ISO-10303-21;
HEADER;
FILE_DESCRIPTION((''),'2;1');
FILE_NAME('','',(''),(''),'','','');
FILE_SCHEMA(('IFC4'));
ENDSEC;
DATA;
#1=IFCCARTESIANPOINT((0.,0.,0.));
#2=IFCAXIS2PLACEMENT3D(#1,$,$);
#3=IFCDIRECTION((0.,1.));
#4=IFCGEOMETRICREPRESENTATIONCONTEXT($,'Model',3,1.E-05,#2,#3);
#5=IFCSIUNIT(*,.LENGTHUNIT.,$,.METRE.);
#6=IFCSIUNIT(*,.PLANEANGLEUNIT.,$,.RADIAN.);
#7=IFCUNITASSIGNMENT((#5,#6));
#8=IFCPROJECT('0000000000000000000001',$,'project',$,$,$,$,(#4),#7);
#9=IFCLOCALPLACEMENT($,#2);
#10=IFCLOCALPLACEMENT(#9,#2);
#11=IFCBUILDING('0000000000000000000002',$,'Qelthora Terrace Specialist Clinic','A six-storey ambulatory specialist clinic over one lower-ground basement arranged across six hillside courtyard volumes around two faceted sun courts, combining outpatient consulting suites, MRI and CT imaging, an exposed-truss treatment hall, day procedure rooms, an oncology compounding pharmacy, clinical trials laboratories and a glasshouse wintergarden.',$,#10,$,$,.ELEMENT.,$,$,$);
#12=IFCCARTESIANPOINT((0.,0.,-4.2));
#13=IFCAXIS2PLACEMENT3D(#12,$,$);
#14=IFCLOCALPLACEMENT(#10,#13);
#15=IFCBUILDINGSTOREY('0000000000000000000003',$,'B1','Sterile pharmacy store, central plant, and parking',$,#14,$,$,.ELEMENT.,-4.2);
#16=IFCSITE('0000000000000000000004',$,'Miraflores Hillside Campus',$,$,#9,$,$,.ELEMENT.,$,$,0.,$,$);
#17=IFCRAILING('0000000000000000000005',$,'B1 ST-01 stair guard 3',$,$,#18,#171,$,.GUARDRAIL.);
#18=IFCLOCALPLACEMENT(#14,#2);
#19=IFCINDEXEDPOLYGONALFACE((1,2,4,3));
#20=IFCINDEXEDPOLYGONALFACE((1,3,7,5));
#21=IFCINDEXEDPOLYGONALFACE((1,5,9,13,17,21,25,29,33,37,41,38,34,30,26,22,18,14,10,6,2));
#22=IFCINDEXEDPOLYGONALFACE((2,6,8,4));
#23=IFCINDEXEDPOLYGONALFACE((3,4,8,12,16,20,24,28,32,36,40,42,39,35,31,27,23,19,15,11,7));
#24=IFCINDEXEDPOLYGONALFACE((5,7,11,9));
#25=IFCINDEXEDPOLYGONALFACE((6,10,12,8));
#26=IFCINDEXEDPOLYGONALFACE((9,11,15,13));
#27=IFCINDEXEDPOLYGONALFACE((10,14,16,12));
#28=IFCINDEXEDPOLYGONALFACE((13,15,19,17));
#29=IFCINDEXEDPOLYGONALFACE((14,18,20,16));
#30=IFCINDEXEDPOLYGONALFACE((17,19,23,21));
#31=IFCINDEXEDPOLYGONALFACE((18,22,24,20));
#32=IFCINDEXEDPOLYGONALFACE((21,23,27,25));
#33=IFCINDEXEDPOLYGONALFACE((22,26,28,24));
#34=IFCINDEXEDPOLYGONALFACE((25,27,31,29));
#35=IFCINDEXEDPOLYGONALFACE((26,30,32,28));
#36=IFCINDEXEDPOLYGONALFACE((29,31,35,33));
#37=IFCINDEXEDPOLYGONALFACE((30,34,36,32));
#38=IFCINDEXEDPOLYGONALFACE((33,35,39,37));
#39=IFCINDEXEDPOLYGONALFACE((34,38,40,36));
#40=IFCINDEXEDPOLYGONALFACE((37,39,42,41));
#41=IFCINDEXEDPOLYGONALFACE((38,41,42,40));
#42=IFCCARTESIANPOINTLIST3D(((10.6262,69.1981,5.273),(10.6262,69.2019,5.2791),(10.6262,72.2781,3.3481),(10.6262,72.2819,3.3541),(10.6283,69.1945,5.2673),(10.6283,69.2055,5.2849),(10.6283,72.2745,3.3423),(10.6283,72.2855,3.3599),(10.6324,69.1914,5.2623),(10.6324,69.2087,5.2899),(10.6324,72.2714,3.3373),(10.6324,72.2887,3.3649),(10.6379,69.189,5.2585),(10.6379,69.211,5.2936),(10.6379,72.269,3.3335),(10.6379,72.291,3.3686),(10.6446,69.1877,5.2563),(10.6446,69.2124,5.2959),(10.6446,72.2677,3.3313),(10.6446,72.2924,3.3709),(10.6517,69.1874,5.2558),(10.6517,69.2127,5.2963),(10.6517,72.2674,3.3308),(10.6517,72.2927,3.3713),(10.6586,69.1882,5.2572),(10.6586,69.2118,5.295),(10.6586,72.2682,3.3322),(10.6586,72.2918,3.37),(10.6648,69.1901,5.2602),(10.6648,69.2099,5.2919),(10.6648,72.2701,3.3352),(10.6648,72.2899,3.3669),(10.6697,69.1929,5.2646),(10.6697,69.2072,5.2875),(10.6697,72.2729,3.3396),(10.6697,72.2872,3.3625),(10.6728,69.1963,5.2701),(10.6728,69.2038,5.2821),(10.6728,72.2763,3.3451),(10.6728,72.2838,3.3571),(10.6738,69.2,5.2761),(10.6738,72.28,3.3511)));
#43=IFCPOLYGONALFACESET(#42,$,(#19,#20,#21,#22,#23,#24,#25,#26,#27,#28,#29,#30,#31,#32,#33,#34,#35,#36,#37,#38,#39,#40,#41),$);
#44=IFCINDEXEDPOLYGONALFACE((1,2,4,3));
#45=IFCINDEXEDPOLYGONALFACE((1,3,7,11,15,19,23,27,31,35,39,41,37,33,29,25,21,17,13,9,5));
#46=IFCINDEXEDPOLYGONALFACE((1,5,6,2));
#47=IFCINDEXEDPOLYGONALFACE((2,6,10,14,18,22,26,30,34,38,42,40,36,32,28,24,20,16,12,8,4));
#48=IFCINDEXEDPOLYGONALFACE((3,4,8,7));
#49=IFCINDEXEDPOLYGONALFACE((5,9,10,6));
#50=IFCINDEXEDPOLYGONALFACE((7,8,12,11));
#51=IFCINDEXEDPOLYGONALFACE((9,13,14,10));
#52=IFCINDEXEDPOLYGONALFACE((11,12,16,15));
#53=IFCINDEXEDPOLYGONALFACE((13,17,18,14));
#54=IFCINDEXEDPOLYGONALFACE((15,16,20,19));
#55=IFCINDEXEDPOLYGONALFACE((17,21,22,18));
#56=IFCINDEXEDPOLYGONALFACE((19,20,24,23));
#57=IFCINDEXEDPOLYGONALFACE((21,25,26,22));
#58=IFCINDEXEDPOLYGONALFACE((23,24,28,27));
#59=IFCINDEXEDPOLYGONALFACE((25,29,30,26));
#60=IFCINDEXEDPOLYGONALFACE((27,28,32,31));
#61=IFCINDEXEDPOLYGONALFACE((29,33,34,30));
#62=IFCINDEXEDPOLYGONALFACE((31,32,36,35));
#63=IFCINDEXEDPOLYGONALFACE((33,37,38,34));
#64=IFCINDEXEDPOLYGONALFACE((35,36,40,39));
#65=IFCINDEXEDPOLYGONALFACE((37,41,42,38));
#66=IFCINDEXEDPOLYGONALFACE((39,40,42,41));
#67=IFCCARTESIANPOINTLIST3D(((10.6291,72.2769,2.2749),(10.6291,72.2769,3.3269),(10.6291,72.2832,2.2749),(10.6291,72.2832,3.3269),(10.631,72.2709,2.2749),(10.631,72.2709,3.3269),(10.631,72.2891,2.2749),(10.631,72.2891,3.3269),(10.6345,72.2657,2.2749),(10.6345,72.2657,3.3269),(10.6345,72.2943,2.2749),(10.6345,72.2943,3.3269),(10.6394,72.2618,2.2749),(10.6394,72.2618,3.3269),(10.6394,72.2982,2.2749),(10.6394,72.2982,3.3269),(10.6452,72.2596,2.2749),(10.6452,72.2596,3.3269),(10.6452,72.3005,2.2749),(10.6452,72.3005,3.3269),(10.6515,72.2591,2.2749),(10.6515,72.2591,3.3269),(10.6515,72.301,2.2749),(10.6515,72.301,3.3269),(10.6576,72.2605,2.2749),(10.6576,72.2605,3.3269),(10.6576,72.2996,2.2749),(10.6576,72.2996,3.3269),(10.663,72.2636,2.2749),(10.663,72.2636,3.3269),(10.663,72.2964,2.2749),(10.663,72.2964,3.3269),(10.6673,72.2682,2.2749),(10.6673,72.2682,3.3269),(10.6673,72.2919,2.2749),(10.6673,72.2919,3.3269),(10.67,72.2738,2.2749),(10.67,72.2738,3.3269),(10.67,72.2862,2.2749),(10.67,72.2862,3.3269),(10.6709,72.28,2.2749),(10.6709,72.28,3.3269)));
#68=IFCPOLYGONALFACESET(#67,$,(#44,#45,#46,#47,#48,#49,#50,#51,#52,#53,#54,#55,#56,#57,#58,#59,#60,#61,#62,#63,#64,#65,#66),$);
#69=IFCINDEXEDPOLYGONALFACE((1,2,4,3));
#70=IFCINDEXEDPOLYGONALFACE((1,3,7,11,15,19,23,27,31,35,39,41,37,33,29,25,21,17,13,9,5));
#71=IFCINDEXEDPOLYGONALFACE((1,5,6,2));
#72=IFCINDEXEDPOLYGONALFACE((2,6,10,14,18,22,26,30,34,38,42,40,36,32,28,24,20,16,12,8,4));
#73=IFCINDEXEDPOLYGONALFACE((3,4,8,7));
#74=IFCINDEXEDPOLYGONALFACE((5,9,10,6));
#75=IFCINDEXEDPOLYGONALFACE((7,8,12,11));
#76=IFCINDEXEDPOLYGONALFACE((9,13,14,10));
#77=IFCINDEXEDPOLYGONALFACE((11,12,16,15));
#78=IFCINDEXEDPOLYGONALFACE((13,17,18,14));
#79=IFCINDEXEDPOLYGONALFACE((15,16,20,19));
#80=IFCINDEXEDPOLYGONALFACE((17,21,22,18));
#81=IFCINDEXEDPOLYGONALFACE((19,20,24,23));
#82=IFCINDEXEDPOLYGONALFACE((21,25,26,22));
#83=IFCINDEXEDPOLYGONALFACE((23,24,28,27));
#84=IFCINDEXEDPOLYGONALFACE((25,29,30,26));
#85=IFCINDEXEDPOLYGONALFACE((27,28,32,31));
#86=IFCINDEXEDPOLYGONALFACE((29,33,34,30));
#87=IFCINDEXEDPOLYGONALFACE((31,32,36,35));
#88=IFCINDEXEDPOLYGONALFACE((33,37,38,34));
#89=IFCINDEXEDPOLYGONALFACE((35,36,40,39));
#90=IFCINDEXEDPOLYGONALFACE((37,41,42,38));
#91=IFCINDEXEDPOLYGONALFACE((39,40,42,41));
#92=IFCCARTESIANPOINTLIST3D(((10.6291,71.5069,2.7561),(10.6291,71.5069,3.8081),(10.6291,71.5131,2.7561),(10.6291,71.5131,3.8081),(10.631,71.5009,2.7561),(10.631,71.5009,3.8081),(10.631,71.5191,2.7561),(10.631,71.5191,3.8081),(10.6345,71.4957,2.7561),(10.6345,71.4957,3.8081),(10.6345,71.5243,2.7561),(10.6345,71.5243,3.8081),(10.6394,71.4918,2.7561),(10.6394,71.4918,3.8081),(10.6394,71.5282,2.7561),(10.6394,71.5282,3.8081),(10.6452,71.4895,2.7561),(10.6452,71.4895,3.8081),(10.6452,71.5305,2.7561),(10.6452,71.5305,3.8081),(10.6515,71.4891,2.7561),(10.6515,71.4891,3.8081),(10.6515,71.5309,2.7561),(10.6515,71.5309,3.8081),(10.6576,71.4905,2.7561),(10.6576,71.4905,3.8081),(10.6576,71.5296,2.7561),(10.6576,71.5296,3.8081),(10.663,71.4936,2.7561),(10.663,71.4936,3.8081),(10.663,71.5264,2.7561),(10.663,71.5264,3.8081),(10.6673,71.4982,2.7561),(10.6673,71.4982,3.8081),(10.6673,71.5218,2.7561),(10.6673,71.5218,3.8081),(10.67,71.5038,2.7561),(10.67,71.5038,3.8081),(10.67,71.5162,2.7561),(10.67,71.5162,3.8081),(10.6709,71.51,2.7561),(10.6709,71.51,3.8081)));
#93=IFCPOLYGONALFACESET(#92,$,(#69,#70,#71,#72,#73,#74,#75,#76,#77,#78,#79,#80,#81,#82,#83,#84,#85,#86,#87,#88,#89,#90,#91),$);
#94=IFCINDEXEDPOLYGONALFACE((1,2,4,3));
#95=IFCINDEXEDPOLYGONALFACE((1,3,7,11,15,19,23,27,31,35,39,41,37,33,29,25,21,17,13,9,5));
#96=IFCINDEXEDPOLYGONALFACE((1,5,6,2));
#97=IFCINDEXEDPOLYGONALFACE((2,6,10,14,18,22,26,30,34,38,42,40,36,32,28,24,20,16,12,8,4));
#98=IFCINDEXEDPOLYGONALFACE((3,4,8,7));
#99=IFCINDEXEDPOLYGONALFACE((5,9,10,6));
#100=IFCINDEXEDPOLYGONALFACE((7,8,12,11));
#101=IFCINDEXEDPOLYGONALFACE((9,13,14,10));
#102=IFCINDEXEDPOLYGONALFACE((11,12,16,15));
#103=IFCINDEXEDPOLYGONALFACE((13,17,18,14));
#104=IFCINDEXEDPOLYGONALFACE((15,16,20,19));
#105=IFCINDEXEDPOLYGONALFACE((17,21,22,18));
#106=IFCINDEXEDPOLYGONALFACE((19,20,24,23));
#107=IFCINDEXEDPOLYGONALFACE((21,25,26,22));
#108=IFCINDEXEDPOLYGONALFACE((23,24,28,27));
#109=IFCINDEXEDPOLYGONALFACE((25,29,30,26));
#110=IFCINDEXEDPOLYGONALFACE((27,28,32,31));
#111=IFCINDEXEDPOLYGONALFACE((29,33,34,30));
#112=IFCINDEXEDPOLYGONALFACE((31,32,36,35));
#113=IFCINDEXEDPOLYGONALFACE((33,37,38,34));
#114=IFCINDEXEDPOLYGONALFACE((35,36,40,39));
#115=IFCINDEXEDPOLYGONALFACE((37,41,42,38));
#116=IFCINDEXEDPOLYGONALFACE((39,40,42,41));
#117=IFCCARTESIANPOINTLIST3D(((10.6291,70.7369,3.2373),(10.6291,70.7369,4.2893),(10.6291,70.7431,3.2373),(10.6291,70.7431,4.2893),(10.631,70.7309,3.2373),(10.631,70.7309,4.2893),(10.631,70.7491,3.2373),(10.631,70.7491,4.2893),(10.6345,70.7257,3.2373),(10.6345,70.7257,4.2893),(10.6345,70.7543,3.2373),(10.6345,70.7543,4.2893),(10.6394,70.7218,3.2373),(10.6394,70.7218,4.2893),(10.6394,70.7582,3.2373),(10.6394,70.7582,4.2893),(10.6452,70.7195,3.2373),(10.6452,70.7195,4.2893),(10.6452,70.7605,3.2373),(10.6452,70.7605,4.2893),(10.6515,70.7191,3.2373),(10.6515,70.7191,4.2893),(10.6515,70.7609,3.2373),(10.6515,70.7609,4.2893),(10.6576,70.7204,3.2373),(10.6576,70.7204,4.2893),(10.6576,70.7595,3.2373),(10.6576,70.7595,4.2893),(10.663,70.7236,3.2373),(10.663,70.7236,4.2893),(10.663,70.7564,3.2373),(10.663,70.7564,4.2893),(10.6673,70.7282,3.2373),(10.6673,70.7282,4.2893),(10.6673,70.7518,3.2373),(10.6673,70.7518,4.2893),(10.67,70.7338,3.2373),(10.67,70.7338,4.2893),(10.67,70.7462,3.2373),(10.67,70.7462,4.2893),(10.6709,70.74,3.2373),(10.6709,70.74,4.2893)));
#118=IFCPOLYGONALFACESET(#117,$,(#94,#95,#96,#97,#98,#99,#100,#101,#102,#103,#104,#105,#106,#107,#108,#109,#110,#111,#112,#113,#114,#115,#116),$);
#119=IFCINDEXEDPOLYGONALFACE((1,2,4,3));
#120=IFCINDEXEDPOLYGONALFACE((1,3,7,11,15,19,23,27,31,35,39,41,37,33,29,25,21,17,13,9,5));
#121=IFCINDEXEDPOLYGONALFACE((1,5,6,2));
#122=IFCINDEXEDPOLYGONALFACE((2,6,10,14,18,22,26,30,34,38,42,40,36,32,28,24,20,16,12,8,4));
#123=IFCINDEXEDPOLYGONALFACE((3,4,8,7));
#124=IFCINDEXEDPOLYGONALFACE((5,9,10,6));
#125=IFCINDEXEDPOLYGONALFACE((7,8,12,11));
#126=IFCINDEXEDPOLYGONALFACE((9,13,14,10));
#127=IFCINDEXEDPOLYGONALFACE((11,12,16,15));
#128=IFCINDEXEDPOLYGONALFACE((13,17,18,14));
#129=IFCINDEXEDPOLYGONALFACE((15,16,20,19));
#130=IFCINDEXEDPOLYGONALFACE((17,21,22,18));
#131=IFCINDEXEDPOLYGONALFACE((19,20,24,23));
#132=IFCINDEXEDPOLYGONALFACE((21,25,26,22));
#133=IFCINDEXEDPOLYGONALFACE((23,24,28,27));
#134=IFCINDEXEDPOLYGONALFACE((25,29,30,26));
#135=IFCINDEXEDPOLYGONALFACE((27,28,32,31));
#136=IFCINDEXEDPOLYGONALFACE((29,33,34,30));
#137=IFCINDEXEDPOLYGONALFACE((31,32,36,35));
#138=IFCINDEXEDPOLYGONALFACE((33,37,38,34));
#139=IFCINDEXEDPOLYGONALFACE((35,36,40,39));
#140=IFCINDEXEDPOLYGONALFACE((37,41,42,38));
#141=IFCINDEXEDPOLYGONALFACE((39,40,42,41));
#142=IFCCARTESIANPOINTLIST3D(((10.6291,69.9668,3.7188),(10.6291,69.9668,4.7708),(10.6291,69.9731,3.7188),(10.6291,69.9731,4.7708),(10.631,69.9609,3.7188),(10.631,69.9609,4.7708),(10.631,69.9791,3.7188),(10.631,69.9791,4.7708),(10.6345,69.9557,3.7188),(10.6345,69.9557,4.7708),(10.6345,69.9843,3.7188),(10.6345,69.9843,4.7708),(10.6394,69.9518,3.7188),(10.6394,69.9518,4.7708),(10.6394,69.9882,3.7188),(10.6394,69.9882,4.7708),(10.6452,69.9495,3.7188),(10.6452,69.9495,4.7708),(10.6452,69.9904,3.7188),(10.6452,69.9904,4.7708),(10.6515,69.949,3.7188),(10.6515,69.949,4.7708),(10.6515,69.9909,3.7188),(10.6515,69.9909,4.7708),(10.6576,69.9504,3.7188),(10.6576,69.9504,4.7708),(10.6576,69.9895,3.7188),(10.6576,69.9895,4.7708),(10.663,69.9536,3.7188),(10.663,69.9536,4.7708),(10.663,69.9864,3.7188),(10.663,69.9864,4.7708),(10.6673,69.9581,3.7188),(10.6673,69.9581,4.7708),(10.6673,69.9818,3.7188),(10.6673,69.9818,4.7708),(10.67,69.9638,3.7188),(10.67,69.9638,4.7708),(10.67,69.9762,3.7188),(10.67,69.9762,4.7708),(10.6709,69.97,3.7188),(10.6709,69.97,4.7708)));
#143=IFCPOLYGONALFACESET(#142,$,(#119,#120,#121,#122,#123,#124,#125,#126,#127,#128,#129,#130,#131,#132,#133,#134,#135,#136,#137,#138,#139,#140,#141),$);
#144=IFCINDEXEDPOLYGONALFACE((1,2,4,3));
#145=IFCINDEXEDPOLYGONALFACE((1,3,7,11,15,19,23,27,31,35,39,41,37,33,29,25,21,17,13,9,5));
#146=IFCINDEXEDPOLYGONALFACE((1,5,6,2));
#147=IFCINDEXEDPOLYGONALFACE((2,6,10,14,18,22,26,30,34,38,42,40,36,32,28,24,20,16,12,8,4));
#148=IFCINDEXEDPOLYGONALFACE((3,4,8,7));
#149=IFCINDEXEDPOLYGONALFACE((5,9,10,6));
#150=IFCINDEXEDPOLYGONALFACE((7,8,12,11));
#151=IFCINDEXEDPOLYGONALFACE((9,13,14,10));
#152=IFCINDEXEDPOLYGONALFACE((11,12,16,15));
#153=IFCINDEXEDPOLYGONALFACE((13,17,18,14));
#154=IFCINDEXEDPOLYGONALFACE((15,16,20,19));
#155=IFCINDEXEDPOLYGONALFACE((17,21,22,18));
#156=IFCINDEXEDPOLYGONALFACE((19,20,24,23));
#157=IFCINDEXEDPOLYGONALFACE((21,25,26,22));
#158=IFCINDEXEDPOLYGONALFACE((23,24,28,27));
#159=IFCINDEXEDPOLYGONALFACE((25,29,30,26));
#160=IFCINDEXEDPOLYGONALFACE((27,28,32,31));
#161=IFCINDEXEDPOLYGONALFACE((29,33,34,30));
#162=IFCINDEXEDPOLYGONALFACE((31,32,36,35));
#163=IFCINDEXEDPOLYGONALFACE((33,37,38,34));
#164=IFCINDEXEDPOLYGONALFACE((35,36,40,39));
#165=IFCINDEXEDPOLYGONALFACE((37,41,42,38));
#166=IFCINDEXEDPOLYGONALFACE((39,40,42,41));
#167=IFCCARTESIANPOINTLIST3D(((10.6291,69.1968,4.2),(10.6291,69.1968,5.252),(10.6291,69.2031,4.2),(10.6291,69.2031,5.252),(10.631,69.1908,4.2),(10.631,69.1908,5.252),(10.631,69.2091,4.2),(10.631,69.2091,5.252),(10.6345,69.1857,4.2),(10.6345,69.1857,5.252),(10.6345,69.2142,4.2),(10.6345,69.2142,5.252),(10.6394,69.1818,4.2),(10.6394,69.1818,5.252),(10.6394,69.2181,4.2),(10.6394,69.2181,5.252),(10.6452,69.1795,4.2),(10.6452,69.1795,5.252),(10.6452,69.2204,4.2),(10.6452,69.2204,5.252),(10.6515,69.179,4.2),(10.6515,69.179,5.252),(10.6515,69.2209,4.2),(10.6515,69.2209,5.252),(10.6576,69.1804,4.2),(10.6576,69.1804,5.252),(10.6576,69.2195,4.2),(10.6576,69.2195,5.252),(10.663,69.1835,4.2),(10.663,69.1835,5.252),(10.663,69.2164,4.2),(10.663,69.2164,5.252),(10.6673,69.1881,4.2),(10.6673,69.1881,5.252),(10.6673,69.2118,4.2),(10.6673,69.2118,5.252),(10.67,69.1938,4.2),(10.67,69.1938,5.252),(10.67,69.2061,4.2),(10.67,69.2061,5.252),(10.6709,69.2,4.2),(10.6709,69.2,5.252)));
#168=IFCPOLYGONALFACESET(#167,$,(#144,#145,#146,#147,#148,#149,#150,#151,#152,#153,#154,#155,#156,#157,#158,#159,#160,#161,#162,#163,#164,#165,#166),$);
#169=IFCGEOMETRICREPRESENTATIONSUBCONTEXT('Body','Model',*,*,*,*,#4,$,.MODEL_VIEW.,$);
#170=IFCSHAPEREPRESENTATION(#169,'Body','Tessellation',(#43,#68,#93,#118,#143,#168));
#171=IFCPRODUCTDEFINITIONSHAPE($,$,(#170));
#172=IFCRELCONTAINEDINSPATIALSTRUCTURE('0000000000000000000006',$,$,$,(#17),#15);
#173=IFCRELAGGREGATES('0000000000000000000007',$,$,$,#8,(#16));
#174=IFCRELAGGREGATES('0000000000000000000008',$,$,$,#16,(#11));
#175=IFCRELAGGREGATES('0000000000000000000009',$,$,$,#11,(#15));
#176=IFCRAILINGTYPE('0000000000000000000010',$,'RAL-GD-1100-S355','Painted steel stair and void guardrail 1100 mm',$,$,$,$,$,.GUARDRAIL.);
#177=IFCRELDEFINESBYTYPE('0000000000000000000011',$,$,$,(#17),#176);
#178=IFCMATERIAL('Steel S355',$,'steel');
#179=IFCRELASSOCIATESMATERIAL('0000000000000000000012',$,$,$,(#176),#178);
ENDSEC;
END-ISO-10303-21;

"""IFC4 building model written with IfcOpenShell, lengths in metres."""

from ifc_helpers import new_model, si_unit, direction, frame, origin, origin_2d, place, context, subcontext, project, spatial, circle, extrude, material, type_object, element, save


model = new_model("IFC4")

# Units and contexts
model_context = context("Model", 3, precision=1e-05, world=origin(), true_north=direction((0.0, 1.0)))
body_context = subcontext(model_context, "Body", "Model", "MODEL_VIEW")
ifc_project = project(units=[si_unit("LENGTHUNIT", "METRE"), si_unit("PLANEANGLEUNIT", "RADIAN")], contexts=[model_context])

# Site, building, storey
site_placement = place(None, origin())
site = spatial("IfcSite", under=ifc_project, at=site_placement, Name="Miraflores Hillside Campus", CompositionType="ELEMENT", RefElevation=0.0)
building_placement = place(site_placement, origin())
building = spatial("IfcBuilding", under=site, at=building_placement, Name="Qelthora Terrace Specialist Clinic", Description="A six-storey ambulatory specialist clinic over one lower-ground basement arranged across six hillside courtyard volumes around two faceted sun courts, combining outpatient consulting suites, MRI and CT imaging, an exposed-truss treatment hall, day procedure rooms, an oncology compounding pharmacy, clinical trials laboratories and a glasshouse wintergarden.", CompositionType="ELEMENT")
storey_placement = place(building_placement, frame((0.0, 0.0, -4.2)))
storey = spatial("IfcBuildingStorey", under=building, at=storey_placement, Name="B1", Description="Sterile pharmacy store, central plant, and parking", CompositionType="ELEMENT", Elevation=-4.2)

# Shared definitions
ifc_material_1 = material(Name="Steel S355", Category="steel")

# Railing
railing_type_1 = type_object("IfcRailingType", Name="RAL-GD-1100-S355", Description="Painted steel stair and void guardrail 1100 mm", PredefinedType="GUARDRAIL", material=ifc_material_1)
railing_1_placement = place(storey_placement, frame((10.6499, 72.28, 2.2749)))
element("IfcRailing", 1, at=railing_1_placement, inside=storey, type_object=railing_type_1, Name="B1 ST-01 stair guard 3", PredefinedType="GUARDRAIL", context=body_context, shape_type="SweptSolid", body=[
    extrude(circle(Radius=0.0239, at=origin_2d()), frame((0.0, 0.0, 1.0762), z_axis=(0.0, -0.847998, 0.529999), x_axis=(1.0, 0.0, 0.0)), (0.0, 0.0, 1.0), 3.6321),
    extrude(circle(Radius=0.021, at=origin_2d()), origin(), (0.0, 0.0, 1.0), 1.052),
    extrude(circle(Radius=0.021, at=origin_2d()), frame((0.0, -0.77, 0.4812)), (0.0, 0.0, 1.0), 1.052),
    extrude(circle(Radius=0.021, at=origin_2d()), frame((0.0, -1.54, 0.9624)), (0.0, 0.0, 1.0), 1.052),
    extrude(circle(Radius=0.021, at=origin_2d()), frame((0.0, -2.3101, 1.4438)), (0.0, 0.0, 1.0), 1.052),
    extrude(circle(Radius=0.021, at=origin_2d()), frame((0.0, -3.0801, 1.925)), (0.0, 0.0, 1.0), 1.052),
])

save(model, "model.ifc")
